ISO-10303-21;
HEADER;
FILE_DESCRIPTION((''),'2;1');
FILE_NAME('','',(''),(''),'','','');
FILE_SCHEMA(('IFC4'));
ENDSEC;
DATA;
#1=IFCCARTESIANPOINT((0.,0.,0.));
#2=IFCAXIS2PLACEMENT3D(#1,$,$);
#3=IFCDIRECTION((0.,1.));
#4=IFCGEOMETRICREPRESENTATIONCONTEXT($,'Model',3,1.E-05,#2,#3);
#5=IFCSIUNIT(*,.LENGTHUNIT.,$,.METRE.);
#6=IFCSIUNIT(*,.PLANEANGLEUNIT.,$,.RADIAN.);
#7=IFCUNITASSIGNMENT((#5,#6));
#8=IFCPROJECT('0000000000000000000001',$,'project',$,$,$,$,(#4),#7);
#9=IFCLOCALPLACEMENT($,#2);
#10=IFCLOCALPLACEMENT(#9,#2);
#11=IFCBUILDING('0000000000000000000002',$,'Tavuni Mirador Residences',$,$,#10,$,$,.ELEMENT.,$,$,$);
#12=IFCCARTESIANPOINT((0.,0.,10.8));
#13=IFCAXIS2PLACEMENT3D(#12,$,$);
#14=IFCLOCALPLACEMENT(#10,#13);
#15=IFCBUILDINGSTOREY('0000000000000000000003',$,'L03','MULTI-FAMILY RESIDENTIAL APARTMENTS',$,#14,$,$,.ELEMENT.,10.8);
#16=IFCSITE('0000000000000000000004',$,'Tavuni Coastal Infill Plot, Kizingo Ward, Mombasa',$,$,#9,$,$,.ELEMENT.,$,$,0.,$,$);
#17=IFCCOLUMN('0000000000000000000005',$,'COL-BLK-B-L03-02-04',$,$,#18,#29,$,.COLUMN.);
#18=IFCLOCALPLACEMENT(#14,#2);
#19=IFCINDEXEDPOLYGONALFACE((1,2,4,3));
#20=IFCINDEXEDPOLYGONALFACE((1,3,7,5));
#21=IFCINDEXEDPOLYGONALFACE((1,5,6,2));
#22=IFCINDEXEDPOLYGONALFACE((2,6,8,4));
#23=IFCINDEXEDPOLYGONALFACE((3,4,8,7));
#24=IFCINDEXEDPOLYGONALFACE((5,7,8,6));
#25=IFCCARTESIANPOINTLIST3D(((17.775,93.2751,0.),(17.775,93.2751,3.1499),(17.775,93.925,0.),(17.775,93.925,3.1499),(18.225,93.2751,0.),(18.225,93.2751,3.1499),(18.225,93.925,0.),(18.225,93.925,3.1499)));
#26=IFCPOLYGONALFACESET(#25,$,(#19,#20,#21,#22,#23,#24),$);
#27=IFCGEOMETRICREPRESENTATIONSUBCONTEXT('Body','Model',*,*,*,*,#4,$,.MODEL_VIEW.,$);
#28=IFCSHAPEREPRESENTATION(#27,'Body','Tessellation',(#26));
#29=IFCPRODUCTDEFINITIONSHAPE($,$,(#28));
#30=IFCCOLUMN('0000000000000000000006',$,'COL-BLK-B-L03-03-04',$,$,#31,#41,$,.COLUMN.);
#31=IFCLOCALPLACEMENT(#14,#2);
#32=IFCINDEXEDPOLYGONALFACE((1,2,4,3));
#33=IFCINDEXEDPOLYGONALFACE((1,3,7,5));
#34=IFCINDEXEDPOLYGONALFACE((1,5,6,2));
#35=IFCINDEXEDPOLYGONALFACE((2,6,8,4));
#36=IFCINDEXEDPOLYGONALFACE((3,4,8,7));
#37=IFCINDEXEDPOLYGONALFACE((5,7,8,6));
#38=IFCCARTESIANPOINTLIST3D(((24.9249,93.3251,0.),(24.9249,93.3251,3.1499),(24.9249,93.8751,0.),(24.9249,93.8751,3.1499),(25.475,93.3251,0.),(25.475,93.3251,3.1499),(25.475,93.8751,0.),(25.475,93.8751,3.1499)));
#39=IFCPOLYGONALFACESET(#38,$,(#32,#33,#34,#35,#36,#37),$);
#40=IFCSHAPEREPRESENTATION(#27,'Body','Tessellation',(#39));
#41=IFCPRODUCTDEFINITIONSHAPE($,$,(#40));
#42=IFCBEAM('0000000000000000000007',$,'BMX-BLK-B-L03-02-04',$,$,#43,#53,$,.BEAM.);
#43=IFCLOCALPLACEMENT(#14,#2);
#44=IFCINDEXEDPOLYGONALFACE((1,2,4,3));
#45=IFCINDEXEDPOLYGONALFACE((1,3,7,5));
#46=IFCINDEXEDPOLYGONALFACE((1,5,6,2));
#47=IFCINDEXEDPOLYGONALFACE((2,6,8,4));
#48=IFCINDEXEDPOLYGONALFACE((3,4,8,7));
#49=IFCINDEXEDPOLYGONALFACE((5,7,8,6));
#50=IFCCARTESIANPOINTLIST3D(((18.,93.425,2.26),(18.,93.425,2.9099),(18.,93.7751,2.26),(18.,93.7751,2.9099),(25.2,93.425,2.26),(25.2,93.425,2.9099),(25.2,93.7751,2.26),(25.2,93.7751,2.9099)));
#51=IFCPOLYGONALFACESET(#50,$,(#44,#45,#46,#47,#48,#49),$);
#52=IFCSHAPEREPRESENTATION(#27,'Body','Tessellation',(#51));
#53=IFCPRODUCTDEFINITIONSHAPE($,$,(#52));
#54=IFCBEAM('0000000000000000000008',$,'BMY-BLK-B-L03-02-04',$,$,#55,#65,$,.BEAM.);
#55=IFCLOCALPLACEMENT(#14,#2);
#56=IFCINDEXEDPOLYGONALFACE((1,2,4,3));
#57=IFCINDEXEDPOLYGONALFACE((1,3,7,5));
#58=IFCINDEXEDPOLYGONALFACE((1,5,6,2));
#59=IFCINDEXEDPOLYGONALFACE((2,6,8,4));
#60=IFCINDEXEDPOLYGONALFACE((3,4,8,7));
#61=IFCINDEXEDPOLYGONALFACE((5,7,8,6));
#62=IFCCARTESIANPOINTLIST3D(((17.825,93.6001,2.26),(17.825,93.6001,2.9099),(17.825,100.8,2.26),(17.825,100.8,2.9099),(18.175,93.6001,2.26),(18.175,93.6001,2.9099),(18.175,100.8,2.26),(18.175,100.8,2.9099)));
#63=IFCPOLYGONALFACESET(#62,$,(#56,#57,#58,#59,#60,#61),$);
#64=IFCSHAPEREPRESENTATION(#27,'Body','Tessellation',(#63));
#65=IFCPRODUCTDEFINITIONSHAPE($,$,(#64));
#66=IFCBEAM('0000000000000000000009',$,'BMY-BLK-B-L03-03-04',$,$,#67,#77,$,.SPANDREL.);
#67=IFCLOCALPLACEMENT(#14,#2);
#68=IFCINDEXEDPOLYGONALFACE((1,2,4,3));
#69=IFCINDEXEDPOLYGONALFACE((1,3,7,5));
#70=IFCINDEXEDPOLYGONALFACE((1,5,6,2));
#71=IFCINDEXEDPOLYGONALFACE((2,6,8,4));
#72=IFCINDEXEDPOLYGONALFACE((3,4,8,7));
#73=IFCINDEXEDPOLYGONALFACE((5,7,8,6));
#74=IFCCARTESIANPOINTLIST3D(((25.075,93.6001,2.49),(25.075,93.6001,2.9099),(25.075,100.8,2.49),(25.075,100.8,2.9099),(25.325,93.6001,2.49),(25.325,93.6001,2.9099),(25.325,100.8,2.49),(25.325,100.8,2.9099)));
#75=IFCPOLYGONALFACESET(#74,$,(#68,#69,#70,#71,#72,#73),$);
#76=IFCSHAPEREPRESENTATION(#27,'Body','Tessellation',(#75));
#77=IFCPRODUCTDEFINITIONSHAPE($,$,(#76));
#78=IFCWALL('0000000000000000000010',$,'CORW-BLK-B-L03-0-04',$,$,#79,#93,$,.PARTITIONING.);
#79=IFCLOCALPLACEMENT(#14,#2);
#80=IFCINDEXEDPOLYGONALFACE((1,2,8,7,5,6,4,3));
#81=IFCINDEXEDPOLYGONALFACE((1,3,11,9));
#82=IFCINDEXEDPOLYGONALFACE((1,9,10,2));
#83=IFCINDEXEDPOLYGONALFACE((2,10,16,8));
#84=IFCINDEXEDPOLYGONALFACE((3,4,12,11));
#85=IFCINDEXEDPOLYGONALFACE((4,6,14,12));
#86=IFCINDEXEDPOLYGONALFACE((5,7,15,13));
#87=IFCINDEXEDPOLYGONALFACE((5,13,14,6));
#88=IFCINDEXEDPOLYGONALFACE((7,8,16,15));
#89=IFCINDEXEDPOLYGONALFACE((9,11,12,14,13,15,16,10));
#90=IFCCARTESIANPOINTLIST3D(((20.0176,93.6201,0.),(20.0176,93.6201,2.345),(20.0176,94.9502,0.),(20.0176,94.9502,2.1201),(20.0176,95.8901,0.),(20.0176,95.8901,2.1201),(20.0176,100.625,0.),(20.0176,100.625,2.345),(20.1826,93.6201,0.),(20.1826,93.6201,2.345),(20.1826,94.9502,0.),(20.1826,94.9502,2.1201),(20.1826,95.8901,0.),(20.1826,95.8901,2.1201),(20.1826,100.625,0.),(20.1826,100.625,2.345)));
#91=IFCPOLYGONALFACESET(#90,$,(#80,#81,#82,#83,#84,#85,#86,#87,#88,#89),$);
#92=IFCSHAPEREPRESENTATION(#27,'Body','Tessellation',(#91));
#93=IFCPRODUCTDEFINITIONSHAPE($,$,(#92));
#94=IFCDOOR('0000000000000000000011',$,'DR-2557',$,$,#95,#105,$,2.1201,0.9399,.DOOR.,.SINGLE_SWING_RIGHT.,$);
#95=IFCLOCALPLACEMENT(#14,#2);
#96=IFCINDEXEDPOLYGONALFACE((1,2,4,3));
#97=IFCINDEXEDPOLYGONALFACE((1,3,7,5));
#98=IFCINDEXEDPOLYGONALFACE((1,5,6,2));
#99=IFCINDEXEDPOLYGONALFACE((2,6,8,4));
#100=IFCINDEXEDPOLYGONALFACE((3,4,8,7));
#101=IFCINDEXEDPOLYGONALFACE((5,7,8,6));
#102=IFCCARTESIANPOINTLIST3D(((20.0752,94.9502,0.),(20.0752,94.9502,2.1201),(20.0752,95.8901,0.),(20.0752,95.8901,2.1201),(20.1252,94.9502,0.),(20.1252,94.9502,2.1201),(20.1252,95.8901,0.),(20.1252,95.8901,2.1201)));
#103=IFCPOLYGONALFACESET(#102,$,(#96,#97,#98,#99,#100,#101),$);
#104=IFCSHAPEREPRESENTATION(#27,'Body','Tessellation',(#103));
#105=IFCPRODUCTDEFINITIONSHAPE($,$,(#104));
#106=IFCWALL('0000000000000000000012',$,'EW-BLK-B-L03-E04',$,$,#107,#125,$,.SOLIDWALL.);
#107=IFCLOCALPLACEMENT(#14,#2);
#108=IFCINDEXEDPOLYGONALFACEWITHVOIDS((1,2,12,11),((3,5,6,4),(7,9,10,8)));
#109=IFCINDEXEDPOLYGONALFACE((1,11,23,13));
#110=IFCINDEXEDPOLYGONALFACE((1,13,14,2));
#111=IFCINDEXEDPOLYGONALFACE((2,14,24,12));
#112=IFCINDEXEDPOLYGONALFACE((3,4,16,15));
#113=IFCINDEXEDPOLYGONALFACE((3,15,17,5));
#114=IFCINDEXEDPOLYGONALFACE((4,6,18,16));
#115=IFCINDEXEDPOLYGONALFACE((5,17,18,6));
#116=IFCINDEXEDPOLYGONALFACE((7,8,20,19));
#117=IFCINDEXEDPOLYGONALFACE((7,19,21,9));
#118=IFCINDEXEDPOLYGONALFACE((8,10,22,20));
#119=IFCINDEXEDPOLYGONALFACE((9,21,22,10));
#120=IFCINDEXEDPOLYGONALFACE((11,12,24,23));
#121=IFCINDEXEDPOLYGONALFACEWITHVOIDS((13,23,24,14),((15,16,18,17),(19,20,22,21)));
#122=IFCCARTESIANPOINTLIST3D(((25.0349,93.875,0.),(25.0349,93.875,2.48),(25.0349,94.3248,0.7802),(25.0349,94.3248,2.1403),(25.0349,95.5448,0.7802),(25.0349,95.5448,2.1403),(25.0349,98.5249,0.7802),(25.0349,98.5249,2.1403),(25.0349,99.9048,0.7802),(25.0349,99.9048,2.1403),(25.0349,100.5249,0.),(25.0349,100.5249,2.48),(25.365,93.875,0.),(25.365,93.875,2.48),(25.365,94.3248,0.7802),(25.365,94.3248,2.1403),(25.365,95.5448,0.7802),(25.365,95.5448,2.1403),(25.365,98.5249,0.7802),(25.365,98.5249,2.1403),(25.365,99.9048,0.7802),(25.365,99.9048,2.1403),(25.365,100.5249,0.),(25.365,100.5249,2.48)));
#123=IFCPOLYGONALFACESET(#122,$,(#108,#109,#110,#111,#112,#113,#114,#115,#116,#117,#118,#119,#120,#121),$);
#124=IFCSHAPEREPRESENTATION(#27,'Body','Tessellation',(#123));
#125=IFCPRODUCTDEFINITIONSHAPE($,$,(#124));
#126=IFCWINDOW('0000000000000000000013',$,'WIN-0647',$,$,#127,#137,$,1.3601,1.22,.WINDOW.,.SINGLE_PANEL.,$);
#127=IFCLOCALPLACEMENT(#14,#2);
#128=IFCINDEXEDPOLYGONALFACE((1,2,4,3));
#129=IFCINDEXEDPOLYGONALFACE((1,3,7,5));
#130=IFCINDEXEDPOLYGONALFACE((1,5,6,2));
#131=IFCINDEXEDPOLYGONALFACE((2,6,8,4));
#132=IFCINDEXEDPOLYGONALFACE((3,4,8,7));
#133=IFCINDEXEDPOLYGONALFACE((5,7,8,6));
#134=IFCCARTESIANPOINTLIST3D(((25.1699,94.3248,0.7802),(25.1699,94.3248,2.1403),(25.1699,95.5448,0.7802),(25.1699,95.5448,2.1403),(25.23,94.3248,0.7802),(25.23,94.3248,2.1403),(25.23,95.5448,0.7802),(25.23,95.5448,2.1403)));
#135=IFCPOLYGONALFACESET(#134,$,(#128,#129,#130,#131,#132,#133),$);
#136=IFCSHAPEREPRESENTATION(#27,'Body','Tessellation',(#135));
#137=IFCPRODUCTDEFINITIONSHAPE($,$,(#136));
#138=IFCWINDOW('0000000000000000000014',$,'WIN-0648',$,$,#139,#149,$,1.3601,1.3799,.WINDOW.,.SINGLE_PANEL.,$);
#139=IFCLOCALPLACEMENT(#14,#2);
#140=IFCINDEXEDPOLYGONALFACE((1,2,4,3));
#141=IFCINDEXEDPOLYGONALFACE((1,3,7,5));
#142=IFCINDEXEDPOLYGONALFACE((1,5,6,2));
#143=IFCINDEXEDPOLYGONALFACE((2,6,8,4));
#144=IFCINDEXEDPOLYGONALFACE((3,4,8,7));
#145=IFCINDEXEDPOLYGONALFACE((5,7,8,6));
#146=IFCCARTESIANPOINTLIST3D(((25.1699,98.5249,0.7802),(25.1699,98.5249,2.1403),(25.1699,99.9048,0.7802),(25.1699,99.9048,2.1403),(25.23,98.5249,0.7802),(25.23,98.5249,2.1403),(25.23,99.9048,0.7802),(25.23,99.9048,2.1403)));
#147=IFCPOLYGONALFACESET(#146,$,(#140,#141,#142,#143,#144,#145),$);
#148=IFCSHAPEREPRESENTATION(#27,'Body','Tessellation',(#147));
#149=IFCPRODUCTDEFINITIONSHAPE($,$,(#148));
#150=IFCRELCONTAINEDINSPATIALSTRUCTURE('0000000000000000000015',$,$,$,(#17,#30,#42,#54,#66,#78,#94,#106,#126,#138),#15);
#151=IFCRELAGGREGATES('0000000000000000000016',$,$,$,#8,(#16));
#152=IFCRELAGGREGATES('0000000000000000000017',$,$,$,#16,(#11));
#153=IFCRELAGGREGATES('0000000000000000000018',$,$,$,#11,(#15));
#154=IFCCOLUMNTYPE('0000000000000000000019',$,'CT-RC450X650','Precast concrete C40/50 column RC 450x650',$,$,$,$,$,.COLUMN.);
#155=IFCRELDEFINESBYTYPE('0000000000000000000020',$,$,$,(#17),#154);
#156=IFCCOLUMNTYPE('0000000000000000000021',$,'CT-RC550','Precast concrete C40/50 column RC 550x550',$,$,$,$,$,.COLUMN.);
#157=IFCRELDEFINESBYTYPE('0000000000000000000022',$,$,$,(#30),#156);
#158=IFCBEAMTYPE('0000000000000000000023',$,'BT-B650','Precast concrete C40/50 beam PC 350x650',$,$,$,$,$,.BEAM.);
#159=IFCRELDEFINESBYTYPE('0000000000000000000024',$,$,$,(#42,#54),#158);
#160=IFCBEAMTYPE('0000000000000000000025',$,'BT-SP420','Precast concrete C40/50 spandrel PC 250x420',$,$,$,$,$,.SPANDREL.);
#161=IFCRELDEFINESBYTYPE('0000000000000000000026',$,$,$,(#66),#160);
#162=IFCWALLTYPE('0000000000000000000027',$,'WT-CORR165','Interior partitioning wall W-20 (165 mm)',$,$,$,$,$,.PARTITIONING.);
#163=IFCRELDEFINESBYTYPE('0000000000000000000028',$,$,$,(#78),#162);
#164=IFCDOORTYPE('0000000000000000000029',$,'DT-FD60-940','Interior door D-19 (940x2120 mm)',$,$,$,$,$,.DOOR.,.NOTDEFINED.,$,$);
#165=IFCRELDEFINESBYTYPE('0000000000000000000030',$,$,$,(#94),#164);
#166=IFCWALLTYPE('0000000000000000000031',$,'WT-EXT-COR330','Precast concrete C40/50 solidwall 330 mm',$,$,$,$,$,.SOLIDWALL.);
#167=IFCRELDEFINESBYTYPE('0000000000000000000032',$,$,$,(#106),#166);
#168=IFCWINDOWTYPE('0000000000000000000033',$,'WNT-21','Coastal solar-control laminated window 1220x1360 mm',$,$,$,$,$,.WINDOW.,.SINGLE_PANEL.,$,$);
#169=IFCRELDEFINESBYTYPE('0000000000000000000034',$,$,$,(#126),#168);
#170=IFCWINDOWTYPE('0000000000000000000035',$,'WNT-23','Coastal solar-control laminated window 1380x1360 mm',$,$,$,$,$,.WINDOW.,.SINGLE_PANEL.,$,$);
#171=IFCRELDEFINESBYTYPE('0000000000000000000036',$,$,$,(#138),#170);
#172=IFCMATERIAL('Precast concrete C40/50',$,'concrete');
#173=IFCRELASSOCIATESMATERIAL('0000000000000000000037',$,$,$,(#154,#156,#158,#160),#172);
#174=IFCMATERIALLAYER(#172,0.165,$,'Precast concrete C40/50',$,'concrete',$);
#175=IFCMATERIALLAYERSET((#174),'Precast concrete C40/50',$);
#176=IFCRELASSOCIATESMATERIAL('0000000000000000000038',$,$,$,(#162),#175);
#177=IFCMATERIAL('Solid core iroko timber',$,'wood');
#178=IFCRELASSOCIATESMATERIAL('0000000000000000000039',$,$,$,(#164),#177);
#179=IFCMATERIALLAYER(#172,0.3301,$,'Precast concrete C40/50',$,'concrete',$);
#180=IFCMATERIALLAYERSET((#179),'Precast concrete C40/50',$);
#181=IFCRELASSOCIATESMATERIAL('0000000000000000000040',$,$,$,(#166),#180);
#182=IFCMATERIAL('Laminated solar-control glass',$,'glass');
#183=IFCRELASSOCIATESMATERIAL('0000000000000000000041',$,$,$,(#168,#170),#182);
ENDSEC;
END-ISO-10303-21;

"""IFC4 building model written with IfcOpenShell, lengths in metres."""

from ifc_helpers import new_model, si_unit, direction, frame, frame_2d, origin, origin_2d, place, context, subcontext, project, spatial, rectangle, extrude, material, layer, layer_set, material_profile, profile_set, type_object, element, fill, save


model = new_model("IFC4")

# Units and contexts
model_context = context("Model", 3, precision=1e-05, world=origin(), true_north=direction((0.0, 1.0)))
body_context = subcontext(model_context, "Body", "Model", "MODEL_VIEW")
ifc_project = project(units=[si_unit("LENGTHUNIT", "METRE"), si_unit("PLANEANGLEUNIT", "RADIAN")], contexts=[model_context])

# Site, building, storey
site_placement = place(None, origin())
site = spatial("IfcSite", under=ifc_project, at=site_placement, Name="Tavuni Coastal Infill Plot, Kizingo Ward, Mombasa", CompositionType="ELEMENT", RefElevation=0.0)
building_placement = place(site_placement, origin())
building = spatial("IfcBuilding", under=site, at=building_placement, Name="Tavuni Mirador Residences", CompositionType="ELEMENT")
storey_placement = place(building_placement, frame((0.0, 0.0, 10.8)))
storey = spatial("IfcBuildingStorey", under=building, at=storey_placement, Name="L03", Description="MULTI-FAMILY RESIDENTIAL APARTMENTS", CompositionType="ELEMENT", Elevation=10.8)

# Columns
ifc_material_1 = material(Name="Precast concrete C40/50", Category="concrete")
ifc_material_profile_1 = material_profile(ifc_material_1, rectangle(XDim=0.45, YDim=0.6499, at=origin_2d()), Name="RC 450x650", Category="concrete")
ifc_profile_set_1 = profile_set([ifc_material_profile_1], Name="Precast concrete C40/50")
column_type_1 = type_object("IfcColumnType", Name="CT-RC450X650", Description="Precast concrete C40/50 column RC 450x650", PredefinedType="COLUMN", material=ifc_profile_set_1)
column_1_placement = place(storey_placement, frame((18.0, 93.6001, 0.0), z_axis=(0.0, 0.0, 1.0), x_axis=(1.0, 0.0, 0.0)))
element("IfcColumn", 1, at=column_1_placement, inside=storey, type_object=column_type_1, Name="COL-BLK-B-L03-02-04", PredefinedType="COLUMN", context=body_context, shape_type="SweptSolid", body=[
    extrude(rectangle(XDim=0.45, YDim=0.6499, at=origin_2d()), origin(), (0.0, 0.0, 1.0), 3.1499),
])
ifc_material_profile_2 = material_profile(ifc_material_1, rectangle(XDim=0.55, YDim=0.55, at=origin_2d()), Name="RC 550x550", Category="concrete")
ifc_profile_set_2 = profile_set([ifc_material_profile_2], Name="Precast concrete C40/50")
column_type_2 = type_object("IfcColumnType", Name="CT-RC550", Description="Precast concrete C40/50 column RC 550x550", PredefinedType="COLUMN", material=ifc_profile_set_2)
column_2_placement = place(storey_placement, frame((25.2, 93.6001, 0.0), z_axis=(0.0, 0.0, 1.0), x_axis=(1.0, 0.0, 0.0)))
element("IfcColumn", 2, at=column_2_placement, inside=storey, type_object=column_type_2, Name="COL-BLK-B-L03-03-04", PredefinedType="COLUMN", context=body_context, shape_type="SweptSolid", body=[
    extrude(rectangle(XDim=0.55, YDim=0.55, at=origin_2d()), origin(), (0.0, 0.0, 1.0), 3.1499),
])

# Beams
ifc_material_profile_3 = material_profile(ifc_material_1, rectangle(XDim=0.3501, YDim=0.6499, at=origin_2d()), Name="PC 350x650", Category="concrete")
ifc_profile_set_3 = profile_set([ifc_material_profile_3], Name="Precast concrete C40/50")
beam_type_1 = type_object("IfcBeamType", Name="BT-B650", Description="Precast concrete C40/50 beam PC 350x650", PredefinedType="BEAM", material=ifc_profile_set_3)
for number, where, z_axis, x_axis, name in (
    (3, (18.0, 93.6001, 2.585), (1.0, 0.0, 0.0), (0.0, 1.0, 0.0), "BMX-BLK-B-L03-02-04"),
    (4, (18.0, 93.6001, 2.585), (0.0, 1.0, 0.0), (-1.0, 0.0, 0.0), "BMY-BLK-B-L03-02-04"),
):
    element("IfcBeam", number, at=place(storey_placement, frame(where, z_axis=z_axis, x_axis=x_axis)), inside=storey, type_object=beam_type_1, Name=name, PredefinedType="BEAM", context=body_context, shape_type="SweptSolid", body=[
        extrude(rectangle(XDim=0.3501, YDim=0.6499, at=origin_2d()), origin(), (0.0, 0.0, 1.0), 7.2),
    ])
ifc_material_profile_4 = material_profile(ifc_material_1, rectangle(XDim=0.25, YDim=0.4199, at=origin_2d()), Name="PC 250x420", Category="concrete")
ifc_profile_set_4 = profile_set([ifc_material_profile_4], Name="Precast concrete C40/50")
beam_type_2 = type_object("IfcBeamType", Name="BT-SP420", Description="Precast concrete C40/50 spandrel PC 250x420", PredefinedType="SPANDREL", material=ifc_profile_set_4)
beam_placement = place(storey_placement, frame((25.2, 93.6001, 2.7), z_axis=(0.0, 1.0, 0.0), x_axis=(-1.0, 0.0, 0.0)))
element("IfcBeam", 5, at=beam_placement, inside=storey, type_object=beam_type_2, Name="BMY-BLK-B-L03-03-04", PredefinedType="SPANDREL", context=body_context, shape_type="SweptSolid", body=[
    extrude(rectangle(XDim=0.25, YDim=0.4199, at=origin_2d()), origin(), (0.0, 0.0, 1.0), 7.2),
])

# Wall, opening, door
ifc_layer_1 = layer(ifc_material_1, 0.165, Name="Precast concrete C40/50", Category="concrete")
ifc_layer_set_1 = layer_set([ifc_layer_1], Name="Precast concrete C40/50")
wall_type_1 = type_object("IfcWallType", Name="WT-CORR165", Description="Interior partitioning wall W-20 (165 mm)", PredefinedType="PARTITIONING", material=ifc_layer_set_1)
wall_1_placement = place(storey_placement, frame((20.1001, 93.6201, 0.0), z_axis=(0.0, 0.0, 1.0), x_axis=(0.0, 1.0, 0.0)))
wall_1 = element("IfcWall", 6, at=wall_1_placement, inside=storey, type_object=wall_type_1, Name="CORW-BLK-B-L03-0-04", PredefinedType="PARTITIONING", context=body_context, shape_type="SweptSolid", body=[
    extrude(rectangle(XDim=7.0049, YDim=0.165, at=frame_2d((3.5024, 0.0))), origin(), (0.0, 0.0, 1.0), 2.345),
])
opening_1_placement = place(wall_1_placement, frame((1.3301, 0.0, 0.0)))
opening_1 = element("IfcOpeningElement", 7, at=opening_1_placement, cuts=wall_1, PredefinedType="OPENING", context=body_context, shape_type="SweptSolid", body=[
    extrude(rectangle(XDim=0.9399, YDim=2.1201, at=frame_2d((0.47, 1.0601))), frame((0.0, 0.0925, 0.0), z_axis=(0.0, -1.0, 0.0), x_axis=(1.0, 0.0, 0.0)), (0.0, 0.0, 1.0), 0.1851),
])
ifc_material_2 = material(Name="Solid core iroko timber", Category="wood")
door_type_1 = type_object("IfcDoorType", Name="DT-FD60-940", Description="Interior door D-19 (940x2120 mm)", OperationType="NOTDEFINED", PredefinedType="DOOR", material=ifc_material_2)
door_1_placement = place(opening_1_placement, origin())
door_1 = element("IfcDoor", 8, at=door_1_placement, inside=storey, type_object=door_type_1, Name="DR-2557", OperationType="SINGLE_SWING_RIGHT", OverallHeight=2.1201, OverallWidth=0.9399, PredefinedType="DOOR", context=body_context, shape_type="SweptSolid", body=[
    extrude(rectangle(XDim=0.9399, YDim=2.1201, at=frame_2d((0.47, 1.0601))), frame((0.0, 0.0249, 0.0), z_axis=(0.0, -1.0, 0.0), x_axis=(1.0, 0.0, 0.0)), (0.0, 0.0, 1.0), 0.05),
])
fill(opening_1, door_1)

# Wall, openings, windows
ifc_layer_2 = layer(ifc_material_1, 0.3301, Name="Precast concrete C40/50", Category="concrete")
ifc_layer_set_2 = layer_set([ifc_layer_2], Name="Precast concrete C40/50")
wall_type_2 = type_object("IfcWallType", Name="WT-EXT-COR330", Description="Precast concrete C40/50 solidwall 330 mm", PredefinedType="SOLIDWALL", material=ifc_layer_set_2)
wall_2_placement = place(storey_placement, frame((25.2, 93.875, 0.0), z_axis=(0.0, 0.0, 1.0), x_axis=(0.0, 1.0, 0.0)))
wall_2 = element("IfcWall", 9, at=wall_2_placement, inside=storey, type_object=wall_type_2, Name="EW-BLK-B-L03-E04", PredefinedType="SOLIDWALL", context=body_context, shape_type="SweptSolid", body=[
    extrude(rectangle(XDim=6.6499, YDim=0.3301, at=frame_2d((3.325, 0.0))), origin(), (0.0, 0.0, 1.0), 2.48),
])
opening_2_placement = place(wall_2_placement, frame((0.45, 0.0, 0.78)))
opening_2 = element("IfcOpeningElement", 10, at=opening_2_placement, cuts=wall_2, PredefinedType="OPENING", context=body_context, shape_type="SweptSolid", body=[
    extrude(rectangle(XDim=1.22, YDim=1.3601, at=frame_2d((0.6099, 0.6802))), frame((0.0, 0.175, 0.0), z_axis=(0.0, -1.0, 0.0), x_axis=(1.0, 0.0, 0.0)), (0.0, 0.0, 1.0), 0.3501),
])
opening_3_placement = place(wall_2_placement, frame((4.6499, 0.0, 0.78)))
opening_3 = element("IfcOpeningElement", 11, at=opening_3_placement, cuts=wall_2, PredefinedType="OPENING", context=body_context, shape_type="SweptSolid", body=[
    extrude(rectangle(XDim=1.3799, YDim=1.3601, at=frame_2d((0.6899, 0.6802))), frame((0.0, 0.175, 0.0), z_axis=(0.0, -1.0, 0.0), x_axis=(1.0, 0.0, 0.0)), (0.0, 0.0, 1.0), 0.3501),
])
ifc_material_3 = material(Name="Laminated solar-control glass", Category="glass")
window_type_1 = type_object("IfcWindowType", Name="WNT-21", Description="Coastal solar-control laminated window 1220x1360 mm", PartitioningType="SINGLE_PANEL", PredefinedType="WINDOW", material=ifc_material_3)
window_1_placement = place(opening_2_placement, origin())
window_1 = element("IfcWindow", 12, at=window_1_placement, inside=storey, type_object=window_type_1, Name="WIN-0647", OverallHeight=1.3601, OverallWidth=1.22, PartitioningType="SINGLE_PANEL", PredefinedType="WINDOW", context=body_context, shape_type="SweptSolid", body=[
    extrude(rectangle(XDim=1.22, YDim=1.3601, at=frame_2d((0.6099, 0.6802))), frame((0.0, 0.03, 0.0), z_axis=(0.0, -1.0, 0.0), x_axis=(1.0, 0.0, 0.0)), (0.0, 0.0, 1.0), 0.0601),
])
fill(opening_2, window_1)
window_type_2 = type_object("IfcWindowType", Name="WNT-23", Description="Coastal solar-control laminated window 1380x1360 mm", PartitioningType="SINGLE_PANEL", PredefinedType="WINDOW", material=ifc_material_3)
window_2_placement = place(opening_3_placement, origin())
window_2 = element("IfcWindow", 13, at=window_2_placement, inside=storey, type_object=window_type_2, Name="WIN-0648", OverallHeight=1.3601, OverallWidth=1.3799, PartitioningType="SINGLE_PANEL", PredefinedType="WINDOW", context=body_context, shape_type="SweptSolid", body=[
    extrude(rectangle(XDim=1.3799, YDim=1.3601, at=frame_2d((0.6899, 0.6802))), frame((0.0, 0.03, 0.0), z_axis=(0.0, -1.0, 0.0), x_axis=(1.0, 0.0, 0.0)), (0.0, 0.0, 1.0), 0.0601),
])
fill(opening_3, window_2)

save(model, "model.ifc")
